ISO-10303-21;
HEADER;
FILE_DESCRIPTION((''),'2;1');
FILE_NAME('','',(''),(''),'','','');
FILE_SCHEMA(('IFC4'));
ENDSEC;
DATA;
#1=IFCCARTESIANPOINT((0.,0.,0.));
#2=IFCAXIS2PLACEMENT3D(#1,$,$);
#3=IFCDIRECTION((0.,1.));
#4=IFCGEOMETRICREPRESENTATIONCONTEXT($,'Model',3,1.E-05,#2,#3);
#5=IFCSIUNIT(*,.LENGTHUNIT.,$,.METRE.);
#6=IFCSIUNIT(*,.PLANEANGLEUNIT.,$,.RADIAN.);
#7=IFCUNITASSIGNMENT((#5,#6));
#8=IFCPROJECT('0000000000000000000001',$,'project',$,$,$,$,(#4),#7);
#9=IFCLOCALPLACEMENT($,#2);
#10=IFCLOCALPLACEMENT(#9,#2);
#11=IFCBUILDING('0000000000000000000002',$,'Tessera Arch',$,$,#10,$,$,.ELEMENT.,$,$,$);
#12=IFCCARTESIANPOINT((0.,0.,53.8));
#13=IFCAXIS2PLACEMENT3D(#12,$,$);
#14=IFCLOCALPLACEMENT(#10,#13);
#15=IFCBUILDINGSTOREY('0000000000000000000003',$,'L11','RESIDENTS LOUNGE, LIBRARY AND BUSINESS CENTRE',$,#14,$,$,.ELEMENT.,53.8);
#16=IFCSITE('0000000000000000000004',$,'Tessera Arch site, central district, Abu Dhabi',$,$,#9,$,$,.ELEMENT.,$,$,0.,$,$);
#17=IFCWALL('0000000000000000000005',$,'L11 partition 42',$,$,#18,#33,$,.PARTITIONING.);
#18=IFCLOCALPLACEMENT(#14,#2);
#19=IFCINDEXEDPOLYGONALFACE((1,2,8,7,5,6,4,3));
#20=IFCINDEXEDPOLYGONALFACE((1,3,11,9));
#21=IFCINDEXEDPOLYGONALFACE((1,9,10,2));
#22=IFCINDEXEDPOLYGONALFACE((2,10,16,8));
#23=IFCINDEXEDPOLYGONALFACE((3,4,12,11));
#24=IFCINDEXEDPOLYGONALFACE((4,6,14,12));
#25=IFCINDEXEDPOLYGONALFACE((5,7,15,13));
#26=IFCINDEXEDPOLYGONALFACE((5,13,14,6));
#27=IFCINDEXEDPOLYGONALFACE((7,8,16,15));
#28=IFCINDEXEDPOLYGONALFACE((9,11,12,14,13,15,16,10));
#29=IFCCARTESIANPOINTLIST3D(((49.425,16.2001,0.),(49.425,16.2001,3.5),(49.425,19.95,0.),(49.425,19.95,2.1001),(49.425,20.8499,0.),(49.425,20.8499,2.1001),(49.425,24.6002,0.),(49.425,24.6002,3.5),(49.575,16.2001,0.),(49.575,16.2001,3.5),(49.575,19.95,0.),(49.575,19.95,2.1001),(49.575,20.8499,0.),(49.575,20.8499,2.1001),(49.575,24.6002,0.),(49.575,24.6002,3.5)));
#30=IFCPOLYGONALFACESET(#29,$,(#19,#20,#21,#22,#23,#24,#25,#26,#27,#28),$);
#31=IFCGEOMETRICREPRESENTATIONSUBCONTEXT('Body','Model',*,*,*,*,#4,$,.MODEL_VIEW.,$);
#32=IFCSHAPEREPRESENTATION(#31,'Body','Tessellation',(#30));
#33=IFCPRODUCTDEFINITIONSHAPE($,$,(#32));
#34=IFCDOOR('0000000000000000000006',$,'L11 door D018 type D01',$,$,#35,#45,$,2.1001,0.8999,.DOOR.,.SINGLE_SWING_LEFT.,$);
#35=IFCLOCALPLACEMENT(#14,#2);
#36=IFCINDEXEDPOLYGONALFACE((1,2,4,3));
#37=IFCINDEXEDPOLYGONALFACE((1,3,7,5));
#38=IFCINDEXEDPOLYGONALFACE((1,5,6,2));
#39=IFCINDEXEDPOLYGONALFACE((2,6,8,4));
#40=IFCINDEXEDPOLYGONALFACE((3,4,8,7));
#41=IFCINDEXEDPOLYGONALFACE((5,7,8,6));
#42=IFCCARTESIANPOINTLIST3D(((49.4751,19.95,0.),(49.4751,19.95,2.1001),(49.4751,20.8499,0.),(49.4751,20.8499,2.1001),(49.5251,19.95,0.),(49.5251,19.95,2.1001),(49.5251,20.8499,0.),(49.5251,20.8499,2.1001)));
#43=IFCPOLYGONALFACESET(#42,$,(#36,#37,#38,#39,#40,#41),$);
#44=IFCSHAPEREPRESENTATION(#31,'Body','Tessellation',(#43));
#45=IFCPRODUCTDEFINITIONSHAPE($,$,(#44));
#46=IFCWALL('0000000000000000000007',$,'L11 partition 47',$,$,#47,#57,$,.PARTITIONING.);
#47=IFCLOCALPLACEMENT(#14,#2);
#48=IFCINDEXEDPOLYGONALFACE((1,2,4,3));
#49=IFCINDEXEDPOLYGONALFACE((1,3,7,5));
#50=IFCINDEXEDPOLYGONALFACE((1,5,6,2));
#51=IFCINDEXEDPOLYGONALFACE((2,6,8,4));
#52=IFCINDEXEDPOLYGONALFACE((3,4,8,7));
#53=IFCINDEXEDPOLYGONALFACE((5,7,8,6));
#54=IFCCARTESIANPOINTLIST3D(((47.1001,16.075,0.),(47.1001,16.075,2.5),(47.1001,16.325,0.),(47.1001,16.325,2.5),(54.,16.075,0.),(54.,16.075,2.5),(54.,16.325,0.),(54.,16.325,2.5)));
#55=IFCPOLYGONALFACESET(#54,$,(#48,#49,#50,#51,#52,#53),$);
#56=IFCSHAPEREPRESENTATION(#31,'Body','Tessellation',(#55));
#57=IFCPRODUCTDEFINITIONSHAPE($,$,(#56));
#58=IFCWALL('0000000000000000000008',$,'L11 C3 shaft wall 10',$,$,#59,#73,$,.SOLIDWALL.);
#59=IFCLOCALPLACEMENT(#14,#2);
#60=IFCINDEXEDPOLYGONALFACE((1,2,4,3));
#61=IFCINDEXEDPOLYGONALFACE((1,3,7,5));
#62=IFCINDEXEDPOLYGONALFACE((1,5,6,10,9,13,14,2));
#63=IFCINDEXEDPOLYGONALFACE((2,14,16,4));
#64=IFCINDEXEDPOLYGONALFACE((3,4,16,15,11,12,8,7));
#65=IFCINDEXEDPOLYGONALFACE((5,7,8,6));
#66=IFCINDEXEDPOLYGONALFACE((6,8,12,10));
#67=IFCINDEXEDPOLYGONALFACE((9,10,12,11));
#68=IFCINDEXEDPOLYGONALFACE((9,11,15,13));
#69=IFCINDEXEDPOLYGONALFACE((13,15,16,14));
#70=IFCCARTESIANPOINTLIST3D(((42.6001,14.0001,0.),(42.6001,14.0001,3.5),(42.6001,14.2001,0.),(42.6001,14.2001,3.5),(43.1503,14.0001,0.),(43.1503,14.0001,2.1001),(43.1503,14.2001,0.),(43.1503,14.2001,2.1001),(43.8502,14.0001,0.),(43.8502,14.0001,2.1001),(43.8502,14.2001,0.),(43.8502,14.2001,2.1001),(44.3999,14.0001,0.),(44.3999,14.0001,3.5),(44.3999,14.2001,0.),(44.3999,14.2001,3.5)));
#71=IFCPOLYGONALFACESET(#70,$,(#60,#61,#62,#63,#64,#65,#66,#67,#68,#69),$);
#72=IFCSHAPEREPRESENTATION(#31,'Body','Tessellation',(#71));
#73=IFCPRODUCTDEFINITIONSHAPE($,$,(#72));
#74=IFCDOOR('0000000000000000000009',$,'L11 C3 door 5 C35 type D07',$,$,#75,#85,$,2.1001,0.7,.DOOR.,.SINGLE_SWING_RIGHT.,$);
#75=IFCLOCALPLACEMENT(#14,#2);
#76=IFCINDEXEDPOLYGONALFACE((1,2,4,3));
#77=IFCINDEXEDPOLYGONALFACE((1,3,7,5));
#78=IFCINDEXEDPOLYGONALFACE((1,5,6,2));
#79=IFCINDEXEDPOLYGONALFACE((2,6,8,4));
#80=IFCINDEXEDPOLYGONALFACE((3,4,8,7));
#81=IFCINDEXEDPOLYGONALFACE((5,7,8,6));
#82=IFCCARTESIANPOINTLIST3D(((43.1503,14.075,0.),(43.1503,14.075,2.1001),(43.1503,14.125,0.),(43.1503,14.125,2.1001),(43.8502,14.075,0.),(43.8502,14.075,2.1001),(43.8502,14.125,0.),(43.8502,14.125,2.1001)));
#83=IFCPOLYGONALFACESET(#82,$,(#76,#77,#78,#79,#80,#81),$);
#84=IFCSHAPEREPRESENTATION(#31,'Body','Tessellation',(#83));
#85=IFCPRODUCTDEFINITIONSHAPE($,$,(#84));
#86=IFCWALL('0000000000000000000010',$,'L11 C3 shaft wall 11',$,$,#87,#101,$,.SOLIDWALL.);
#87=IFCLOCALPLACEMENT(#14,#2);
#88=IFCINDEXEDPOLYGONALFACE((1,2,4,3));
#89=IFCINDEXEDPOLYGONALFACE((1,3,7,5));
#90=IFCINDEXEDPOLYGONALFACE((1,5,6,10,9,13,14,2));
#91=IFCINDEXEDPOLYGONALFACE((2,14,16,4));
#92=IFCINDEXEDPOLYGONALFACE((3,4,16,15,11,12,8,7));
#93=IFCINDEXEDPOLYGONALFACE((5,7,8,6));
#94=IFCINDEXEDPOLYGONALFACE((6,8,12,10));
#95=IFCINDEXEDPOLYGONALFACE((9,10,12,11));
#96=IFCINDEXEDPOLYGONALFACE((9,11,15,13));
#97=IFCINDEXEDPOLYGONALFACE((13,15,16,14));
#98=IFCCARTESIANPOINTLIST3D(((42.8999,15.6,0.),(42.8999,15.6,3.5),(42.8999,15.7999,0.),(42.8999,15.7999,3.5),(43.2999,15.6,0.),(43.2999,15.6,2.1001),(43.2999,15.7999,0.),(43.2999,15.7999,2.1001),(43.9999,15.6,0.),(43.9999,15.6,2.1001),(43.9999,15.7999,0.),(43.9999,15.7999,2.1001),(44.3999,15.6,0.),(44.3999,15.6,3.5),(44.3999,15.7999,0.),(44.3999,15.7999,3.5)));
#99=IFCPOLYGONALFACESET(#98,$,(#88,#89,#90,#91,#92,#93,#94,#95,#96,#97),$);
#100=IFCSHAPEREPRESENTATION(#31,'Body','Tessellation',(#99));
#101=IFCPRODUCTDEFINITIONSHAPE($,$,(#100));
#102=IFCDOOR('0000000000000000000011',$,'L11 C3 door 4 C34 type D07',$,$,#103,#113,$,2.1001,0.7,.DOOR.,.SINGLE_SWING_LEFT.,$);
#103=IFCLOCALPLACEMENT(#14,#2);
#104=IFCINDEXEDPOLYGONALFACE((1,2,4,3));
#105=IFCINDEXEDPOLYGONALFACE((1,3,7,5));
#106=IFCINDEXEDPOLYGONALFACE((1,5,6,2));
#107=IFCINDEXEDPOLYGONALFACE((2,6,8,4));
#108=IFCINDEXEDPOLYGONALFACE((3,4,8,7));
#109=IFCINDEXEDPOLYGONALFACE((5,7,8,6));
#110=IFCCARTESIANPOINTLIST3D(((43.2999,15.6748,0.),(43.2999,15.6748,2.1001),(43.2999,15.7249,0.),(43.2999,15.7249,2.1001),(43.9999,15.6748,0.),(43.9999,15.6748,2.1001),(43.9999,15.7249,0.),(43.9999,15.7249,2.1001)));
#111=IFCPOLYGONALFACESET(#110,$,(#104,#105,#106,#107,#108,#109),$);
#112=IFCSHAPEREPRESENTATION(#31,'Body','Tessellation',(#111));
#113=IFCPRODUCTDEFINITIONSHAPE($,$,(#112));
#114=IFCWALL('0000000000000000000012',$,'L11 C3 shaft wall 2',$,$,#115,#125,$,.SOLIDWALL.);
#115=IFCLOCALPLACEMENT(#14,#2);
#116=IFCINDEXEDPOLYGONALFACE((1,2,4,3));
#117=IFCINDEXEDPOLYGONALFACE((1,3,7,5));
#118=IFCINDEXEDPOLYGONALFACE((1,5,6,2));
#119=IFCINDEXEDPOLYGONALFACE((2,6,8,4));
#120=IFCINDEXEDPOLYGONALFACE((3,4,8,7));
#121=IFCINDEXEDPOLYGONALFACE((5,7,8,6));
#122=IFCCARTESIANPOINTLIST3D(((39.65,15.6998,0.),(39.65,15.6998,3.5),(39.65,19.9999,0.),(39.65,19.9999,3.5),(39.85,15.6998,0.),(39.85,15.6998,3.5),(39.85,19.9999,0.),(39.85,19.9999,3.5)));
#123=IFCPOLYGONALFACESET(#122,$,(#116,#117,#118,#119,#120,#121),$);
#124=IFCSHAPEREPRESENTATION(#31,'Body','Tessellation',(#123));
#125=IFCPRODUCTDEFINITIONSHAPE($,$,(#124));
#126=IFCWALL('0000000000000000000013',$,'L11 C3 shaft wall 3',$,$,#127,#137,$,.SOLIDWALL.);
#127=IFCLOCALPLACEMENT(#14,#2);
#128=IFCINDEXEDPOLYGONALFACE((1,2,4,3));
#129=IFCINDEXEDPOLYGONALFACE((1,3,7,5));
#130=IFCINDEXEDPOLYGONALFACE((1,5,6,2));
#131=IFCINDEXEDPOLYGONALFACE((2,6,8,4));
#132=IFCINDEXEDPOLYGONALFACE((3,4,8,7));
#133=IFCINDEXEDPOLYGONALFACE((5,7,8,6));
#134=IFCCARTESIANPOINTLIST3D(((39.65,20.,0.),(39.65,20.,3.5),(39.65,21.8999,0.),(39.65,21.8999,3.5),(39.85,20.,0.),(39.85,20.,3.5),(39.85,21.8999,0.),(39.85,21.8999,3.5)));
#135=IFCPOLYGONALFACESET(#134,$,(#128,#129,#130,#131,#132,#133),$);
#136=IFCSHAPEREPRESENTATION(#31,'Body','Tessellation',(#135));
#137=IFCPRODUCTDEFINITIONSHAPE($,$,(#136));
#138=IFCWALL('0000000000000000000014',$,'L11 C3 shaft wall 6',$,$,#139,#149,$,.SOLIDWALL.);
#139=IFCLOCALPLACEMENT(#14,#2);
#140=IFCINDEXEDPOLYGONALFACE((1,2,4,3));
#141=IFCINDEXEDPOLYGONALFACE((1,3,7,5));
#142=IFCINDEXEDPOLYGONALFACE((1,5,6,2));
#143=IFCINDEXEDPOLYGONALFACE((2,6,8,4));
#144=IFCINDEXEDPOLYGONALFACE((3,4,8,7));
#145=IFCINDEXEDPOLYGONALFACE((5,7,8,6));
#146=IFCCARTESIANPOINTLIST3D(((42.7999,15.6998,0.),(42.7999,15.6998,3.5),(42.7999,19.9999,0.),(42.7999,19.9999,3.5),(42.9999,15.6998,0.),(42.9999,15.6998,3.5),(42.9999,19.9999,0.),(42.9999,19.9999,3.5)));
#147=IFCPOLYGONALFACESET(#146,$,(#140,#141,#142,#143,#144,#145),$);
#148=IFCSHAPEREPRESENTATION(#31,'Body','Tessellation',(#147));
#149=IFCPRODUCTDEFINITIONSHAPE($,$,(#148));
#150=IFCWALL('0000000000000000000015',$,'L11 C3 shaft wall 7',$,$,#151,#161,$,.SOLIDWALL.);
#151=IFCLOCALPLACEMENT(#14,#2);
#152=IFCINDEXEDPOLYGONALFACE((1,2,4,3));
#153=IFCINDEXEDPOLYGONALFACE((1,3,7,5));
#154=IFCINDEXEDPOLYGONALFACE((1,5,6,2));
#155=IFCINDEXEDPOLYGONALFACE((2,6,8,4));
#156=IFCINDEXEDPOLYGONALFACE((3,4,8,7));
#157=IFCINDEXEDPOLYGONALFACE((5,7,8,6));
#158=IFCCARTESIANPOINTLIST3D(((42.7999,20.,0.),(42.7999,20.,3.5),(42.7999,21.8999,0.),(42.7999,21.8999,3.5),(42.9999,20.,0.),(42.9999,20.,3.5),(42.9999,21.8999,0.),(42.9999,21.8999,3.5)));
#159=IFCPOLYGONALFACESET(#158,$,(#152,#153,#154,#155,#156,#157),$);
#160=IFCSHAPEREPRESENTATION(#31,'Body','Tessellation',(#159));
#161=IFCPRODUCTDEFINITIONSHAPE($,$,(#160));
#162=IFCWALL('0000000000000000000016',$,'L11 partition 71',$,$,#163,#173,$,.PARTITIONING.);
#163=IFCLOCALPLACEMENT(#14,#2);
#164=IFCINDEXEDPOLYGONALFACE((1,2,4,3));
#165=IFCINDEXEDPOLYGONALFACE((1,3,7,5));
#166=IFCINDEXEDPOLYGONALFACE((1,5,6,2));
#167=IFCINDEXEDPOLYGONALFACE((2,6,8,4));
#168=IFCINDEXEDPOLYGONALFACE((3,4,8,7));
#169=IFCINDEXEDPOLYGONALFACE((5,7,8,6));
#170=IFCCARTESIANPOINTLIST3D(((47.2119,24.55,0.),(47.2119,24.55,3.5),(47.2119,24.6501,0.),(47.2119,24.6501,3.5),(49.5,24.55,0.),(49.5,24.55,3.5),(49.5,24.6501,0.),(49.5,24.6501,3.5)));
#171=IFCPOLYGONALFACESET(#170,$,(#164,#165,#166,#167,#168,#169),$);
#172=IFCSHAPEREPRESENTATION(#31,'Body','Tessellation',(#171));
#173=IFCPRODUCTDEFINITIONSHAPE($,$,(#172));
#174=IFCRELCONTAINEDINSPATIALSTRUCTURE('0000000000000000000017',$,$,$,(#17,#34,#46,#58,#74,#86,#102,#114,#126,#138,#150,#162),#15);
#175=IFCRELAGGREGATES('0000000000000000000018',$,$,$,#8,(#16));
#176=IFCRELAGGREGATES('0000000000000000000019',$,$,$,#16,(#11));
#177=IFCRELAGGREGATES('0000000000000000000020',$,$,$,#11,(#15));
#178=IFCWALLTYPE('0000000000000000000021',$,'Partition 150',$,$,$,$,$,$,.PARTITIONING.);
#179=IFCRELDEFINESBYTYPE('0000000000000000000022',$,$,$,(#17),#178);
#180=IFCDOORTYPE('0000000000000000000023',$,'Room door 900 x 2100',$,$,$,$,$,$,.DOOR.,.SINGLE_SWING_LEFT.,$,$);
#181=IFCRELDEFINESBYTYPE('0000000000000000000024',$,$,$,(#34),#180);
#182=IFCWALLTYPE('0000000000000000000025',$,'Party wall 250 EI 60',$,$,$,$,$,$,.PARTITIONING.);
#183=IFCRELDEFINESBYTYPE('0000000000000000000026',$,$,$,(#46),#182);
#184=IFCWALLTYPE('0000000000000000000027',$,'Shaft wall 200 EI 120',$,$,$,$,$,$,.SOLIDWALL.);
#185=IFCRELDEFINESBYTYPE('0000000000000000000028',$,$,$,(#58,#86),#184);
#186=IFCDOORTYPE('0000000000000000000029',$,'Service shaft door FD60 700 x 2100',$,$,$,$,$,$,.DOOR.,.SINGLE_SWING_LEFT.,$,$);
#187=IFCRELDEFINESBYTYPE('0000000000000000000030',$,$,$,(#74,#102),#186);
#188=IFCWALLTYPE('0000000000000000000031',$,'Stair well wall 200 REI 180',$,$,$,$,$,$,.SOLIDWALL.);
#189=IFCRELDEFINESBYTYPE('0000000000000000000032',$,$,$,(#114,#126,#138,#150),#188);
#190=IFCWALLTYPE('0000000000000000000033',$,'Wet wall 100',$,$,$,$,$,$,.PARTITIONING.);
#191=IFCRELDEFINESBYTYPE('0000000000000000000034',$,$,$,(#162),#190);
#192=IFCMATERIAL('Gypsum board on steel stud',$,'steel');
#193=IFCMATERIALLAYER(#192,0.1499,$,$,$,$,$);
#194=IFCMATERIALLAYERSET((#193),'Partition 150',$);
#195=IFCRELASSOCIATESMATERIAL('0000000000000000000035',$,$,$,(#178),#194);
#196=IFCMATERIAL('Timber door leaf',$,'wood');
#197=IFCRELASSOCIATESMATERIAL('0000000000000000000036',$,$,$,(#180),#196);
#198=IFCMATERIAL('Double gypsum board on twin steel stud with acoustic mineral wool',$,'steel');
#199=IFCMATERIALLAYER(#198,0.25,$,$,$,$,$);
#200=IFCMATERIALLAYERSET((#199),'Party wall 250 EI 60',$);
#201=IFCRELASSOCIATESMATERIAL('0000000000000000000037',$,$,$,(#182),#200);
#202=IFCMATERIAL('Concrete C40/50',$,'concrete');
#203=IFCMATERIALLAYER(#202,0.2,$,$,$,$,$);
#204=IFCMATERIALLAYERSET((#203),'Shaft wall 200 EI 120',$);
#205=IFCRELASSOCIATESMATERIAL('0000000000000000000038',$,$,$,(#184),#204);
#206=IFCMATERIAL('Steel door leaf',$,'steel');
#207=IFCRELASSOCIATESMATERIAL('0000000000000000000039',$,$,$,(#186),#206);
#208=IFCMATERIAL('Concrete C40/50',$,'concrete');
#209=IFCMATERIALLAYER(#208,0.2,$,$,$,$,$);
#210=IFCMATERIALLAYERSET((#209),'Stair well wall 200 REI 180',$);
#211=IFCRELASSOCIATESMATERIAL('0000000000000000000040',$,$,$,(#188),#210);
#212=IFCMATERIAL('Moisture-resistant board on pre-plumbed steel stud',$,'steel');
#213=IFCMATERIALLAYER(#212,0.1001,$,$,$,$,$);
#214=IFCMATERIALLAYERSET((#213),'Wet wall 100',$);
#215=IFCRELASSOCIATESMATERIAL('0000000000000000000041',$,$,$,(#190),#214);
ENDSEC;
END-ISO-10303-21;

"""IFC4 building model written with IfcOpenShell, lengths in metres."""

from ifc_helpers import new_model, si_unit, direction, frame, frame_2d, origin, place, context, subcontext, project, spatial, rectangle, extrude, material, layer, layer_set, type_object, element, fill, save


model = new_model("IFC4")

# Units and contexts
model_context = context("Model", 3, precision=1e-05, world=origin(), true_north=direction((0.0, 1.0)))
body_context = subcontext(model_context, "Body", "Model", "MODEL_VIEW")
ifc_project = project(units=[si_unit("LENGTHUNIT", "METRE"), si_unit("PLANEANGLEUNIT", "RADIAN")], contexts=[model_context])

# Site, building, storey
site_placement = place(None, origin())
site = spatial("IfcSite", under=ifc_project, at=site_placement, Name="Tessera Arch site, central district, Abu Dhabi", CompositionType="ELEMENT", RefElevation=0.0)
building_placement = place(site_placement, origin())
building = spatial("IfcBuilding", under=site, at=building_placement, Name="Tessera Arch", CompositionType="ELEMENT")
storey_placement = place(building_placement, frame((0.0, 0.0, 53.8)))
storey = spatial("IfcBuildingStorey", under=building, at=storey_placement, Name="L11", Description="RESIDENTS LOUNGE, LIBRARY AND BUSINESS CENTRE", CompositionType="ELEMENT", Elevation=53.8)

# Wall, opening, door
ifc_material_1 = material(Name="Gypsum board on steel stud", Category="steel")
ifc_layer_1 = layer(ifc_material_1, 0.1499)
ifc_layer_set_1 = layer_set([ifc_layer_1], Name="Partition 150")
wall_type_1 = type_object("IfcWallType", Name="Partition 150", PredefinedType="PARTITIONING", material=ifc_layer_set_1)
wall_1_placement = place(storey_placement, frame((49.5, 16.2, 0.0), z_axis=(0.0, 0.0, 1.0), x_axis=(0.0, 1.0, 0.0)))
wall_1 = element("IfcWall", 1, at=wall_1_placement, inside=storey, type_object=wall_type_1, Name="L11 partition 42", PredefinedType="PARTITIONING", context=body_context, shape_type="SweptSolid", body=[
    extrude(rectangle(XDim=8.4001, YDim=0.1499, at=frame_2d((4.2002, 0.0))), origin(), (0.0, 0.0, 1.0), 3.5),
])
opening_1_placement = place(wall_1_placement, frame((3.75, 0.0, 0.0)))
opening_1 = element("IfcOpeningElement", 2, at=opening_1_placement, cuts=wall_1, PredefinedType="OPENING", context=body_context, shape_type="SweptSolid", body=[
    extrude(rectangle(XDim=0.8999, YDim=2.1001, at=frame_2d((0.45, 1.05))), frame((0.0, 0.085, 0.0), z_axis=(0.0, -1.0, 0.0), x_axis=(1.0, 0.0, 0.0)), (0.0, 0.0, 1.0), 0.1699),
])
ifc_material_2 = material(Name="Timber door leaf", Category="wood")
door_type_1 = type_object("IfcDoorType", Name="Room door 900 x 2100", OperationType="SINGLE_SWING_LEFT", PredefinedType="DOOR", material=ifc_material_2)
door_1_placement = place(opening_1_placement, origin())
door_1 = element("IfcDoor", 3, at=door_1_placement, inside=storey, type_object=door_type_1, Name="L11 door D018 type D01", OperationType="SINGLE_SWING_LEFT", OverallHeight=2.1001, OverallWidth=0.8999, PredefinedType="DOOR", context=body_context, shape_type="SweptSolid", body=[
    extrude(rectangle(XDim=0.8999, YDim=2.1001, at=frame_2d((0.45, 1.05))), frame((0.0, 0.0249, 0.0), z_axis=(0.0, -1.0, 0.0), x_axis=(1.0, 0.0, 0.0)), (0.0, 0.0, 1.0), 0.05),
])
fill(opening_1, door_1)

# Wall
ifc_material_3 = material(Name="Double gypsum board on twin steel stud with acoustic mineral wool", Category="steel")
ifc_layer_2 = layer(ifc_material_3, 0.25)
ifc_layer_set_2 = layer_set([ifc_layer_2], Name="Party wall 250 EI 60")
wall_type_2 = type_object("IfcWallType", Name="Party wall 250 EI 60", PredefinedType="PARTITIONING", material=ifc_layer_set_2)
wall_2_placement = place(storey_placement, frame((47.1001, 16.2, 0.0), z_axis=(0.0, 0.0, 1.0), x_axis=(1.0, 0.0, 0.0)))
element("IfcWall", 4, at=wall_2_placement, inside=storey, type_object=wall_type_2, Name="L11 partition 47", PredefinedType="PARTITIONING", context=body_context, shape_type="SweptSolid", body=[
    extrude(rectangle(XDim=6.8999, YDim=0.25, at=frame_2d((3.45, 0.0))), origin(), (0.0, 0.0, 1.0), 2.5),
])

# Walls, openings, doors
ifc_material_4 = material(Name="Concrete C40/50", Category="concrete")
ifc_layer_3 = layer(ifc_material_4, 0.2)
ifc_layer_set_3 = layer_set([ifc_layer_3], Name="Shaft wall 200 EI 120")
wall_type_3 = type_object("IfcWallType", Name="Shaft wall 200 EI 120", PredefinedType="SOLIDWALL", material=ifc_layer_set_3)
wall_3_placement = place(storey_placement, frame((42.6001, 14.1001, 0.0), z_axis=(0.0, 0.0, 1.0), x_axis=(1.0, 0.0, 0.0)))
wall_3 = element("IfcWall", 5, at=wall_3_placement, inside=storey, type_object=wall_type_3, Name="L11 C3 shaft wall 10", PredefinedType="SOLIDWALL", context=body_context, shape_type="SweptSolid", body=[
    extrude(rectangle(XDim=1.7998, YDim=0.2, at=frame_2d((0.8999, 0.0))), origin(), (0.0, 0.0, 1.0), 3.5),
])
opening_2_placement = place(wall_3_placement, frame((0.55, 0.0, 0.0)))
opening_2 = element("IfcOpeningElement", 6, at=opening_2_placement, cuts=wall_3, PredefinedType="OPENING", context=body_context, shape_type="SweptSolid", body=[
    extrude(rectangle(XDim=0.7, YDim=2.1001, at=frame_2d((0.3501, 1.05))), frame((0.0, 0.1099, 0.0), z_axis=(0.0, -1.0, 0.0), x_axis=(1.0, 0.0, 0.0)), (0.0, 0.0, 1.0), 0.22),
])
ifc_material_5 = material(Name="Steel door leaf", Category="steel")
door_type_2 = type_object("IfcDoorType", Name="Service shaft door FD60 700 x 2100", OperationType="SINGLE_SWING_LEFT", PredefinedType="DOOR", material=ifc_material_5)
door_2_placement = place(opening_2_placement, origin())
door_2 = element("IfcDoor", 7, at=door_2_placement, inside=storey, type_object=door_type_2, Name="L11 C3 door 5 C35 type D07", OperationType="SINGLE_SWING_RIGHT", OverallHeight=2.1001, OverallWidth=0.7, PredefinedType="DOOR", context=body_context, shape_type="SweptSolid", body=[
    extrude(rectangle(XDim=0.7, YDim=2.1001, at=frame_2d((0.3501, 1.05))), frame((0.0, 0.0249, 0.0), z_axis=(0.0, -1.0, 0.0), x_axis=(1.0, 0.0, 0.0)), (0.0, 0.0, 1.0), 0.05),
])
fill(opening_2, door_2)
wall_4_placement = place(storey_placement, frame((42.8999, 15.7, 0.0), z_axis=(0.0, 0.0, 1.0), x_axis=(1.0, 0.0, 0.0)))
wall_4 = element("IfcWall", 8, at=wall_4_placement, inside=storey, type_object=wall_type_3, Name="L11 C3 shaft wall 11", PredefinedType="SOLIDWALL", context=body_context, shape_type="SweptSolid", body=[
    extrude(rectangle(XDim=1.5, YDim=0.2, at=frame_2d((0.75, 0.0))), origin(), (0.0, 0.0, 1.0), 3.5),
])
opening_3_placement = place(wall_4_placement, frame((0.3999, 0.0, 0.0)))
opening_3 = element("IfcOpeningElement", 9, at=opening_3_placement, cuts=wall_4, PredefinedType="OPENING", context=body_context, shape_type="SweptSolid", body=[
    extrude(rectangle(XDim=0.7, YDim=2.1001, at=frame_2d((0.3501, 1.05))), frame((0.0, 0.1099, 0.0), z_axis=(0.0, -1.0, 0.0), x_axis=(1.0, 0.0, 0.0)), (0.0, 0.0, 1.0), 0.22),
])
door_3_placement = place(opening_3_placement, origin())
door_3 = element("IfcDoor", 10, at=door_3_placement, inside=storey, type_object=door_type_2, Name="L11 C3 door 4 C34 type D07", OperationType="SINGLE_SWING_LEFT", OverallHeight=2.1001, OverallWidth=0.7, PredefinedType="DOOR", context=body_context, shape_type="SweptSolid", body=[
    extrude(rectangle(XDim=0.7, YDim=2.1001, at=frame_2d((0.3501, 1.05))), frame((0.0, 0.0249, 0.0), z_axis=(0.0, -1.0, 0.0), x_axis=(1.0, 0.0, 0.0)), (0.0, 0.0, 1.0), 0.05),
])
fill(opening_3, door_3)

# Walls
ifc_material_6 = material(Name="Concrete C40/50", Category="concrete")
ifc_layer_4 = layer(ifc_material_6, 0.2)
ifc_layer_set_4 = layer_set([ifc_layer_4], Name="Stair well wall 200 REI 180")
wall_type_4 = type_object("IfcWallType", Name="Stair well wall 200 REI 180", PredefinedType="SOLIDWALL", material=ifc_layer_set_4)
wall_5_placement = place(storey_placement, frame((39.75, 15.7, 0.0), z_axis=(0.0, 0.0, 1.0), x_axis=(0.0, 1.0, 0.0)))
element("IfcWall", 11, at=wall_5_placement, inside=storey, type_object=wall_type_4, Name="L11 C3 shaft wall 2", PredefinedType="SOLIDWALL", context=body_context, shape_type="SweptSolid", body=[
    extrude(rectangle(XDim=4.3, YDim=0.2, at=frame_2d((2.1499, 0.0))), origin(), (0.0, 0.0, 1.0), 3.5),
])
wall_6_placement = place(storey_placement, frame((39.75, 20.0, 0.0), z_axis=(0.0, 0.0, 1.0), x_axis=(0.0, 1.0, 0.0)))
element("IfcWall", 12, at=wall_6_placement, inside=storey, type_object=wall_type_4, Name="L11 C3 shaft wall 3", PredefinedType="SOLIDWALL", context=body_context, shape_type="SweptSolid", body=[
    extrude(rectangle(XDim=1.8999, YDim=0.2, at=frame_2d((0.95, 0.0))), origin(), (0.0, 0.0, 1.0), 3.5),
])
wall_7_placement = place(storey_placement, frame((42.8999, 15.7, 0.0), z_axis=(0.0, 0.0, 1.0), x_axis=(0.0, 1.0, 0.0)))
element("IfcWall", 13, at=wall_7_placement, inside=storey, type_object=wall_type_4, Name="L11 C3 shaft wall 6", PredefinedType="SOLIDWALL", context=body_context, shape_type="SweptSolid", body=[
    extrude(rectangle(XDim=4.3, YDim=0.2, at=frame_2d((2.1499, 0.0))), origin(), (0.0, 0.0, 1.0), 3.5),
])
wall_8_placement = place(storey_placement, frame((42.8999, 20.0, 0.0), z_axis=(0.0, 0.0, 1.0), x_axis=(0.0, 1.0, 0.0)))
element("IfcWall", 14, at=wall_8_placement, inside=storey, type_object=wall_type_4, Name="L11 C3 shaft wall 7", PredefinedType="SOLIDWALL", context=body_context, shape_type="SweptSolid", body=[
    extrude(rectangle(XDim=1.8999, YDim=0.2, at=frame_2d((0.95, 0.0))), origin(), (0.0, 0.0, 1.0), 3.5),
])
ifc_material_7 = material(Name="Moisture-resistant board on pre-plumbed steel stud", Category="steel")
ifc_layer_5 = layer(ifc_material_7, 0.1001)
ifc_layer_set_5 = layer_set([ifc_layer_5], Name="Wet wall 100")
wall_type_5 = type_object("IfcWallType", Name="Wet wall 100", PredefinedType="PARTITIONING", material=ifc_layer_set_5)
wall_9_placement = place(storey_placement, frame((47.2119, 24.6001, 0.0), z_axis=(0.0, 0.0, 1.0), x_axis=(1.0, 0.0, 0.0)))
element("IfcWall", 15, at=wall_9_placement, inside=storey, type_object=wall_type_5, Name="L11 partition 71", PredefinedType="PARTITIONING", context=body_context, shape_type="SweptSolid", body=[
    extrude(rectangle(XDim=2.2881, YDim=0.1001, at=frame_2d((1.144, 0.0))), origin(), (0.0, 0.0, 1.0), 3.5),
])

save(model, "model.ifc")
